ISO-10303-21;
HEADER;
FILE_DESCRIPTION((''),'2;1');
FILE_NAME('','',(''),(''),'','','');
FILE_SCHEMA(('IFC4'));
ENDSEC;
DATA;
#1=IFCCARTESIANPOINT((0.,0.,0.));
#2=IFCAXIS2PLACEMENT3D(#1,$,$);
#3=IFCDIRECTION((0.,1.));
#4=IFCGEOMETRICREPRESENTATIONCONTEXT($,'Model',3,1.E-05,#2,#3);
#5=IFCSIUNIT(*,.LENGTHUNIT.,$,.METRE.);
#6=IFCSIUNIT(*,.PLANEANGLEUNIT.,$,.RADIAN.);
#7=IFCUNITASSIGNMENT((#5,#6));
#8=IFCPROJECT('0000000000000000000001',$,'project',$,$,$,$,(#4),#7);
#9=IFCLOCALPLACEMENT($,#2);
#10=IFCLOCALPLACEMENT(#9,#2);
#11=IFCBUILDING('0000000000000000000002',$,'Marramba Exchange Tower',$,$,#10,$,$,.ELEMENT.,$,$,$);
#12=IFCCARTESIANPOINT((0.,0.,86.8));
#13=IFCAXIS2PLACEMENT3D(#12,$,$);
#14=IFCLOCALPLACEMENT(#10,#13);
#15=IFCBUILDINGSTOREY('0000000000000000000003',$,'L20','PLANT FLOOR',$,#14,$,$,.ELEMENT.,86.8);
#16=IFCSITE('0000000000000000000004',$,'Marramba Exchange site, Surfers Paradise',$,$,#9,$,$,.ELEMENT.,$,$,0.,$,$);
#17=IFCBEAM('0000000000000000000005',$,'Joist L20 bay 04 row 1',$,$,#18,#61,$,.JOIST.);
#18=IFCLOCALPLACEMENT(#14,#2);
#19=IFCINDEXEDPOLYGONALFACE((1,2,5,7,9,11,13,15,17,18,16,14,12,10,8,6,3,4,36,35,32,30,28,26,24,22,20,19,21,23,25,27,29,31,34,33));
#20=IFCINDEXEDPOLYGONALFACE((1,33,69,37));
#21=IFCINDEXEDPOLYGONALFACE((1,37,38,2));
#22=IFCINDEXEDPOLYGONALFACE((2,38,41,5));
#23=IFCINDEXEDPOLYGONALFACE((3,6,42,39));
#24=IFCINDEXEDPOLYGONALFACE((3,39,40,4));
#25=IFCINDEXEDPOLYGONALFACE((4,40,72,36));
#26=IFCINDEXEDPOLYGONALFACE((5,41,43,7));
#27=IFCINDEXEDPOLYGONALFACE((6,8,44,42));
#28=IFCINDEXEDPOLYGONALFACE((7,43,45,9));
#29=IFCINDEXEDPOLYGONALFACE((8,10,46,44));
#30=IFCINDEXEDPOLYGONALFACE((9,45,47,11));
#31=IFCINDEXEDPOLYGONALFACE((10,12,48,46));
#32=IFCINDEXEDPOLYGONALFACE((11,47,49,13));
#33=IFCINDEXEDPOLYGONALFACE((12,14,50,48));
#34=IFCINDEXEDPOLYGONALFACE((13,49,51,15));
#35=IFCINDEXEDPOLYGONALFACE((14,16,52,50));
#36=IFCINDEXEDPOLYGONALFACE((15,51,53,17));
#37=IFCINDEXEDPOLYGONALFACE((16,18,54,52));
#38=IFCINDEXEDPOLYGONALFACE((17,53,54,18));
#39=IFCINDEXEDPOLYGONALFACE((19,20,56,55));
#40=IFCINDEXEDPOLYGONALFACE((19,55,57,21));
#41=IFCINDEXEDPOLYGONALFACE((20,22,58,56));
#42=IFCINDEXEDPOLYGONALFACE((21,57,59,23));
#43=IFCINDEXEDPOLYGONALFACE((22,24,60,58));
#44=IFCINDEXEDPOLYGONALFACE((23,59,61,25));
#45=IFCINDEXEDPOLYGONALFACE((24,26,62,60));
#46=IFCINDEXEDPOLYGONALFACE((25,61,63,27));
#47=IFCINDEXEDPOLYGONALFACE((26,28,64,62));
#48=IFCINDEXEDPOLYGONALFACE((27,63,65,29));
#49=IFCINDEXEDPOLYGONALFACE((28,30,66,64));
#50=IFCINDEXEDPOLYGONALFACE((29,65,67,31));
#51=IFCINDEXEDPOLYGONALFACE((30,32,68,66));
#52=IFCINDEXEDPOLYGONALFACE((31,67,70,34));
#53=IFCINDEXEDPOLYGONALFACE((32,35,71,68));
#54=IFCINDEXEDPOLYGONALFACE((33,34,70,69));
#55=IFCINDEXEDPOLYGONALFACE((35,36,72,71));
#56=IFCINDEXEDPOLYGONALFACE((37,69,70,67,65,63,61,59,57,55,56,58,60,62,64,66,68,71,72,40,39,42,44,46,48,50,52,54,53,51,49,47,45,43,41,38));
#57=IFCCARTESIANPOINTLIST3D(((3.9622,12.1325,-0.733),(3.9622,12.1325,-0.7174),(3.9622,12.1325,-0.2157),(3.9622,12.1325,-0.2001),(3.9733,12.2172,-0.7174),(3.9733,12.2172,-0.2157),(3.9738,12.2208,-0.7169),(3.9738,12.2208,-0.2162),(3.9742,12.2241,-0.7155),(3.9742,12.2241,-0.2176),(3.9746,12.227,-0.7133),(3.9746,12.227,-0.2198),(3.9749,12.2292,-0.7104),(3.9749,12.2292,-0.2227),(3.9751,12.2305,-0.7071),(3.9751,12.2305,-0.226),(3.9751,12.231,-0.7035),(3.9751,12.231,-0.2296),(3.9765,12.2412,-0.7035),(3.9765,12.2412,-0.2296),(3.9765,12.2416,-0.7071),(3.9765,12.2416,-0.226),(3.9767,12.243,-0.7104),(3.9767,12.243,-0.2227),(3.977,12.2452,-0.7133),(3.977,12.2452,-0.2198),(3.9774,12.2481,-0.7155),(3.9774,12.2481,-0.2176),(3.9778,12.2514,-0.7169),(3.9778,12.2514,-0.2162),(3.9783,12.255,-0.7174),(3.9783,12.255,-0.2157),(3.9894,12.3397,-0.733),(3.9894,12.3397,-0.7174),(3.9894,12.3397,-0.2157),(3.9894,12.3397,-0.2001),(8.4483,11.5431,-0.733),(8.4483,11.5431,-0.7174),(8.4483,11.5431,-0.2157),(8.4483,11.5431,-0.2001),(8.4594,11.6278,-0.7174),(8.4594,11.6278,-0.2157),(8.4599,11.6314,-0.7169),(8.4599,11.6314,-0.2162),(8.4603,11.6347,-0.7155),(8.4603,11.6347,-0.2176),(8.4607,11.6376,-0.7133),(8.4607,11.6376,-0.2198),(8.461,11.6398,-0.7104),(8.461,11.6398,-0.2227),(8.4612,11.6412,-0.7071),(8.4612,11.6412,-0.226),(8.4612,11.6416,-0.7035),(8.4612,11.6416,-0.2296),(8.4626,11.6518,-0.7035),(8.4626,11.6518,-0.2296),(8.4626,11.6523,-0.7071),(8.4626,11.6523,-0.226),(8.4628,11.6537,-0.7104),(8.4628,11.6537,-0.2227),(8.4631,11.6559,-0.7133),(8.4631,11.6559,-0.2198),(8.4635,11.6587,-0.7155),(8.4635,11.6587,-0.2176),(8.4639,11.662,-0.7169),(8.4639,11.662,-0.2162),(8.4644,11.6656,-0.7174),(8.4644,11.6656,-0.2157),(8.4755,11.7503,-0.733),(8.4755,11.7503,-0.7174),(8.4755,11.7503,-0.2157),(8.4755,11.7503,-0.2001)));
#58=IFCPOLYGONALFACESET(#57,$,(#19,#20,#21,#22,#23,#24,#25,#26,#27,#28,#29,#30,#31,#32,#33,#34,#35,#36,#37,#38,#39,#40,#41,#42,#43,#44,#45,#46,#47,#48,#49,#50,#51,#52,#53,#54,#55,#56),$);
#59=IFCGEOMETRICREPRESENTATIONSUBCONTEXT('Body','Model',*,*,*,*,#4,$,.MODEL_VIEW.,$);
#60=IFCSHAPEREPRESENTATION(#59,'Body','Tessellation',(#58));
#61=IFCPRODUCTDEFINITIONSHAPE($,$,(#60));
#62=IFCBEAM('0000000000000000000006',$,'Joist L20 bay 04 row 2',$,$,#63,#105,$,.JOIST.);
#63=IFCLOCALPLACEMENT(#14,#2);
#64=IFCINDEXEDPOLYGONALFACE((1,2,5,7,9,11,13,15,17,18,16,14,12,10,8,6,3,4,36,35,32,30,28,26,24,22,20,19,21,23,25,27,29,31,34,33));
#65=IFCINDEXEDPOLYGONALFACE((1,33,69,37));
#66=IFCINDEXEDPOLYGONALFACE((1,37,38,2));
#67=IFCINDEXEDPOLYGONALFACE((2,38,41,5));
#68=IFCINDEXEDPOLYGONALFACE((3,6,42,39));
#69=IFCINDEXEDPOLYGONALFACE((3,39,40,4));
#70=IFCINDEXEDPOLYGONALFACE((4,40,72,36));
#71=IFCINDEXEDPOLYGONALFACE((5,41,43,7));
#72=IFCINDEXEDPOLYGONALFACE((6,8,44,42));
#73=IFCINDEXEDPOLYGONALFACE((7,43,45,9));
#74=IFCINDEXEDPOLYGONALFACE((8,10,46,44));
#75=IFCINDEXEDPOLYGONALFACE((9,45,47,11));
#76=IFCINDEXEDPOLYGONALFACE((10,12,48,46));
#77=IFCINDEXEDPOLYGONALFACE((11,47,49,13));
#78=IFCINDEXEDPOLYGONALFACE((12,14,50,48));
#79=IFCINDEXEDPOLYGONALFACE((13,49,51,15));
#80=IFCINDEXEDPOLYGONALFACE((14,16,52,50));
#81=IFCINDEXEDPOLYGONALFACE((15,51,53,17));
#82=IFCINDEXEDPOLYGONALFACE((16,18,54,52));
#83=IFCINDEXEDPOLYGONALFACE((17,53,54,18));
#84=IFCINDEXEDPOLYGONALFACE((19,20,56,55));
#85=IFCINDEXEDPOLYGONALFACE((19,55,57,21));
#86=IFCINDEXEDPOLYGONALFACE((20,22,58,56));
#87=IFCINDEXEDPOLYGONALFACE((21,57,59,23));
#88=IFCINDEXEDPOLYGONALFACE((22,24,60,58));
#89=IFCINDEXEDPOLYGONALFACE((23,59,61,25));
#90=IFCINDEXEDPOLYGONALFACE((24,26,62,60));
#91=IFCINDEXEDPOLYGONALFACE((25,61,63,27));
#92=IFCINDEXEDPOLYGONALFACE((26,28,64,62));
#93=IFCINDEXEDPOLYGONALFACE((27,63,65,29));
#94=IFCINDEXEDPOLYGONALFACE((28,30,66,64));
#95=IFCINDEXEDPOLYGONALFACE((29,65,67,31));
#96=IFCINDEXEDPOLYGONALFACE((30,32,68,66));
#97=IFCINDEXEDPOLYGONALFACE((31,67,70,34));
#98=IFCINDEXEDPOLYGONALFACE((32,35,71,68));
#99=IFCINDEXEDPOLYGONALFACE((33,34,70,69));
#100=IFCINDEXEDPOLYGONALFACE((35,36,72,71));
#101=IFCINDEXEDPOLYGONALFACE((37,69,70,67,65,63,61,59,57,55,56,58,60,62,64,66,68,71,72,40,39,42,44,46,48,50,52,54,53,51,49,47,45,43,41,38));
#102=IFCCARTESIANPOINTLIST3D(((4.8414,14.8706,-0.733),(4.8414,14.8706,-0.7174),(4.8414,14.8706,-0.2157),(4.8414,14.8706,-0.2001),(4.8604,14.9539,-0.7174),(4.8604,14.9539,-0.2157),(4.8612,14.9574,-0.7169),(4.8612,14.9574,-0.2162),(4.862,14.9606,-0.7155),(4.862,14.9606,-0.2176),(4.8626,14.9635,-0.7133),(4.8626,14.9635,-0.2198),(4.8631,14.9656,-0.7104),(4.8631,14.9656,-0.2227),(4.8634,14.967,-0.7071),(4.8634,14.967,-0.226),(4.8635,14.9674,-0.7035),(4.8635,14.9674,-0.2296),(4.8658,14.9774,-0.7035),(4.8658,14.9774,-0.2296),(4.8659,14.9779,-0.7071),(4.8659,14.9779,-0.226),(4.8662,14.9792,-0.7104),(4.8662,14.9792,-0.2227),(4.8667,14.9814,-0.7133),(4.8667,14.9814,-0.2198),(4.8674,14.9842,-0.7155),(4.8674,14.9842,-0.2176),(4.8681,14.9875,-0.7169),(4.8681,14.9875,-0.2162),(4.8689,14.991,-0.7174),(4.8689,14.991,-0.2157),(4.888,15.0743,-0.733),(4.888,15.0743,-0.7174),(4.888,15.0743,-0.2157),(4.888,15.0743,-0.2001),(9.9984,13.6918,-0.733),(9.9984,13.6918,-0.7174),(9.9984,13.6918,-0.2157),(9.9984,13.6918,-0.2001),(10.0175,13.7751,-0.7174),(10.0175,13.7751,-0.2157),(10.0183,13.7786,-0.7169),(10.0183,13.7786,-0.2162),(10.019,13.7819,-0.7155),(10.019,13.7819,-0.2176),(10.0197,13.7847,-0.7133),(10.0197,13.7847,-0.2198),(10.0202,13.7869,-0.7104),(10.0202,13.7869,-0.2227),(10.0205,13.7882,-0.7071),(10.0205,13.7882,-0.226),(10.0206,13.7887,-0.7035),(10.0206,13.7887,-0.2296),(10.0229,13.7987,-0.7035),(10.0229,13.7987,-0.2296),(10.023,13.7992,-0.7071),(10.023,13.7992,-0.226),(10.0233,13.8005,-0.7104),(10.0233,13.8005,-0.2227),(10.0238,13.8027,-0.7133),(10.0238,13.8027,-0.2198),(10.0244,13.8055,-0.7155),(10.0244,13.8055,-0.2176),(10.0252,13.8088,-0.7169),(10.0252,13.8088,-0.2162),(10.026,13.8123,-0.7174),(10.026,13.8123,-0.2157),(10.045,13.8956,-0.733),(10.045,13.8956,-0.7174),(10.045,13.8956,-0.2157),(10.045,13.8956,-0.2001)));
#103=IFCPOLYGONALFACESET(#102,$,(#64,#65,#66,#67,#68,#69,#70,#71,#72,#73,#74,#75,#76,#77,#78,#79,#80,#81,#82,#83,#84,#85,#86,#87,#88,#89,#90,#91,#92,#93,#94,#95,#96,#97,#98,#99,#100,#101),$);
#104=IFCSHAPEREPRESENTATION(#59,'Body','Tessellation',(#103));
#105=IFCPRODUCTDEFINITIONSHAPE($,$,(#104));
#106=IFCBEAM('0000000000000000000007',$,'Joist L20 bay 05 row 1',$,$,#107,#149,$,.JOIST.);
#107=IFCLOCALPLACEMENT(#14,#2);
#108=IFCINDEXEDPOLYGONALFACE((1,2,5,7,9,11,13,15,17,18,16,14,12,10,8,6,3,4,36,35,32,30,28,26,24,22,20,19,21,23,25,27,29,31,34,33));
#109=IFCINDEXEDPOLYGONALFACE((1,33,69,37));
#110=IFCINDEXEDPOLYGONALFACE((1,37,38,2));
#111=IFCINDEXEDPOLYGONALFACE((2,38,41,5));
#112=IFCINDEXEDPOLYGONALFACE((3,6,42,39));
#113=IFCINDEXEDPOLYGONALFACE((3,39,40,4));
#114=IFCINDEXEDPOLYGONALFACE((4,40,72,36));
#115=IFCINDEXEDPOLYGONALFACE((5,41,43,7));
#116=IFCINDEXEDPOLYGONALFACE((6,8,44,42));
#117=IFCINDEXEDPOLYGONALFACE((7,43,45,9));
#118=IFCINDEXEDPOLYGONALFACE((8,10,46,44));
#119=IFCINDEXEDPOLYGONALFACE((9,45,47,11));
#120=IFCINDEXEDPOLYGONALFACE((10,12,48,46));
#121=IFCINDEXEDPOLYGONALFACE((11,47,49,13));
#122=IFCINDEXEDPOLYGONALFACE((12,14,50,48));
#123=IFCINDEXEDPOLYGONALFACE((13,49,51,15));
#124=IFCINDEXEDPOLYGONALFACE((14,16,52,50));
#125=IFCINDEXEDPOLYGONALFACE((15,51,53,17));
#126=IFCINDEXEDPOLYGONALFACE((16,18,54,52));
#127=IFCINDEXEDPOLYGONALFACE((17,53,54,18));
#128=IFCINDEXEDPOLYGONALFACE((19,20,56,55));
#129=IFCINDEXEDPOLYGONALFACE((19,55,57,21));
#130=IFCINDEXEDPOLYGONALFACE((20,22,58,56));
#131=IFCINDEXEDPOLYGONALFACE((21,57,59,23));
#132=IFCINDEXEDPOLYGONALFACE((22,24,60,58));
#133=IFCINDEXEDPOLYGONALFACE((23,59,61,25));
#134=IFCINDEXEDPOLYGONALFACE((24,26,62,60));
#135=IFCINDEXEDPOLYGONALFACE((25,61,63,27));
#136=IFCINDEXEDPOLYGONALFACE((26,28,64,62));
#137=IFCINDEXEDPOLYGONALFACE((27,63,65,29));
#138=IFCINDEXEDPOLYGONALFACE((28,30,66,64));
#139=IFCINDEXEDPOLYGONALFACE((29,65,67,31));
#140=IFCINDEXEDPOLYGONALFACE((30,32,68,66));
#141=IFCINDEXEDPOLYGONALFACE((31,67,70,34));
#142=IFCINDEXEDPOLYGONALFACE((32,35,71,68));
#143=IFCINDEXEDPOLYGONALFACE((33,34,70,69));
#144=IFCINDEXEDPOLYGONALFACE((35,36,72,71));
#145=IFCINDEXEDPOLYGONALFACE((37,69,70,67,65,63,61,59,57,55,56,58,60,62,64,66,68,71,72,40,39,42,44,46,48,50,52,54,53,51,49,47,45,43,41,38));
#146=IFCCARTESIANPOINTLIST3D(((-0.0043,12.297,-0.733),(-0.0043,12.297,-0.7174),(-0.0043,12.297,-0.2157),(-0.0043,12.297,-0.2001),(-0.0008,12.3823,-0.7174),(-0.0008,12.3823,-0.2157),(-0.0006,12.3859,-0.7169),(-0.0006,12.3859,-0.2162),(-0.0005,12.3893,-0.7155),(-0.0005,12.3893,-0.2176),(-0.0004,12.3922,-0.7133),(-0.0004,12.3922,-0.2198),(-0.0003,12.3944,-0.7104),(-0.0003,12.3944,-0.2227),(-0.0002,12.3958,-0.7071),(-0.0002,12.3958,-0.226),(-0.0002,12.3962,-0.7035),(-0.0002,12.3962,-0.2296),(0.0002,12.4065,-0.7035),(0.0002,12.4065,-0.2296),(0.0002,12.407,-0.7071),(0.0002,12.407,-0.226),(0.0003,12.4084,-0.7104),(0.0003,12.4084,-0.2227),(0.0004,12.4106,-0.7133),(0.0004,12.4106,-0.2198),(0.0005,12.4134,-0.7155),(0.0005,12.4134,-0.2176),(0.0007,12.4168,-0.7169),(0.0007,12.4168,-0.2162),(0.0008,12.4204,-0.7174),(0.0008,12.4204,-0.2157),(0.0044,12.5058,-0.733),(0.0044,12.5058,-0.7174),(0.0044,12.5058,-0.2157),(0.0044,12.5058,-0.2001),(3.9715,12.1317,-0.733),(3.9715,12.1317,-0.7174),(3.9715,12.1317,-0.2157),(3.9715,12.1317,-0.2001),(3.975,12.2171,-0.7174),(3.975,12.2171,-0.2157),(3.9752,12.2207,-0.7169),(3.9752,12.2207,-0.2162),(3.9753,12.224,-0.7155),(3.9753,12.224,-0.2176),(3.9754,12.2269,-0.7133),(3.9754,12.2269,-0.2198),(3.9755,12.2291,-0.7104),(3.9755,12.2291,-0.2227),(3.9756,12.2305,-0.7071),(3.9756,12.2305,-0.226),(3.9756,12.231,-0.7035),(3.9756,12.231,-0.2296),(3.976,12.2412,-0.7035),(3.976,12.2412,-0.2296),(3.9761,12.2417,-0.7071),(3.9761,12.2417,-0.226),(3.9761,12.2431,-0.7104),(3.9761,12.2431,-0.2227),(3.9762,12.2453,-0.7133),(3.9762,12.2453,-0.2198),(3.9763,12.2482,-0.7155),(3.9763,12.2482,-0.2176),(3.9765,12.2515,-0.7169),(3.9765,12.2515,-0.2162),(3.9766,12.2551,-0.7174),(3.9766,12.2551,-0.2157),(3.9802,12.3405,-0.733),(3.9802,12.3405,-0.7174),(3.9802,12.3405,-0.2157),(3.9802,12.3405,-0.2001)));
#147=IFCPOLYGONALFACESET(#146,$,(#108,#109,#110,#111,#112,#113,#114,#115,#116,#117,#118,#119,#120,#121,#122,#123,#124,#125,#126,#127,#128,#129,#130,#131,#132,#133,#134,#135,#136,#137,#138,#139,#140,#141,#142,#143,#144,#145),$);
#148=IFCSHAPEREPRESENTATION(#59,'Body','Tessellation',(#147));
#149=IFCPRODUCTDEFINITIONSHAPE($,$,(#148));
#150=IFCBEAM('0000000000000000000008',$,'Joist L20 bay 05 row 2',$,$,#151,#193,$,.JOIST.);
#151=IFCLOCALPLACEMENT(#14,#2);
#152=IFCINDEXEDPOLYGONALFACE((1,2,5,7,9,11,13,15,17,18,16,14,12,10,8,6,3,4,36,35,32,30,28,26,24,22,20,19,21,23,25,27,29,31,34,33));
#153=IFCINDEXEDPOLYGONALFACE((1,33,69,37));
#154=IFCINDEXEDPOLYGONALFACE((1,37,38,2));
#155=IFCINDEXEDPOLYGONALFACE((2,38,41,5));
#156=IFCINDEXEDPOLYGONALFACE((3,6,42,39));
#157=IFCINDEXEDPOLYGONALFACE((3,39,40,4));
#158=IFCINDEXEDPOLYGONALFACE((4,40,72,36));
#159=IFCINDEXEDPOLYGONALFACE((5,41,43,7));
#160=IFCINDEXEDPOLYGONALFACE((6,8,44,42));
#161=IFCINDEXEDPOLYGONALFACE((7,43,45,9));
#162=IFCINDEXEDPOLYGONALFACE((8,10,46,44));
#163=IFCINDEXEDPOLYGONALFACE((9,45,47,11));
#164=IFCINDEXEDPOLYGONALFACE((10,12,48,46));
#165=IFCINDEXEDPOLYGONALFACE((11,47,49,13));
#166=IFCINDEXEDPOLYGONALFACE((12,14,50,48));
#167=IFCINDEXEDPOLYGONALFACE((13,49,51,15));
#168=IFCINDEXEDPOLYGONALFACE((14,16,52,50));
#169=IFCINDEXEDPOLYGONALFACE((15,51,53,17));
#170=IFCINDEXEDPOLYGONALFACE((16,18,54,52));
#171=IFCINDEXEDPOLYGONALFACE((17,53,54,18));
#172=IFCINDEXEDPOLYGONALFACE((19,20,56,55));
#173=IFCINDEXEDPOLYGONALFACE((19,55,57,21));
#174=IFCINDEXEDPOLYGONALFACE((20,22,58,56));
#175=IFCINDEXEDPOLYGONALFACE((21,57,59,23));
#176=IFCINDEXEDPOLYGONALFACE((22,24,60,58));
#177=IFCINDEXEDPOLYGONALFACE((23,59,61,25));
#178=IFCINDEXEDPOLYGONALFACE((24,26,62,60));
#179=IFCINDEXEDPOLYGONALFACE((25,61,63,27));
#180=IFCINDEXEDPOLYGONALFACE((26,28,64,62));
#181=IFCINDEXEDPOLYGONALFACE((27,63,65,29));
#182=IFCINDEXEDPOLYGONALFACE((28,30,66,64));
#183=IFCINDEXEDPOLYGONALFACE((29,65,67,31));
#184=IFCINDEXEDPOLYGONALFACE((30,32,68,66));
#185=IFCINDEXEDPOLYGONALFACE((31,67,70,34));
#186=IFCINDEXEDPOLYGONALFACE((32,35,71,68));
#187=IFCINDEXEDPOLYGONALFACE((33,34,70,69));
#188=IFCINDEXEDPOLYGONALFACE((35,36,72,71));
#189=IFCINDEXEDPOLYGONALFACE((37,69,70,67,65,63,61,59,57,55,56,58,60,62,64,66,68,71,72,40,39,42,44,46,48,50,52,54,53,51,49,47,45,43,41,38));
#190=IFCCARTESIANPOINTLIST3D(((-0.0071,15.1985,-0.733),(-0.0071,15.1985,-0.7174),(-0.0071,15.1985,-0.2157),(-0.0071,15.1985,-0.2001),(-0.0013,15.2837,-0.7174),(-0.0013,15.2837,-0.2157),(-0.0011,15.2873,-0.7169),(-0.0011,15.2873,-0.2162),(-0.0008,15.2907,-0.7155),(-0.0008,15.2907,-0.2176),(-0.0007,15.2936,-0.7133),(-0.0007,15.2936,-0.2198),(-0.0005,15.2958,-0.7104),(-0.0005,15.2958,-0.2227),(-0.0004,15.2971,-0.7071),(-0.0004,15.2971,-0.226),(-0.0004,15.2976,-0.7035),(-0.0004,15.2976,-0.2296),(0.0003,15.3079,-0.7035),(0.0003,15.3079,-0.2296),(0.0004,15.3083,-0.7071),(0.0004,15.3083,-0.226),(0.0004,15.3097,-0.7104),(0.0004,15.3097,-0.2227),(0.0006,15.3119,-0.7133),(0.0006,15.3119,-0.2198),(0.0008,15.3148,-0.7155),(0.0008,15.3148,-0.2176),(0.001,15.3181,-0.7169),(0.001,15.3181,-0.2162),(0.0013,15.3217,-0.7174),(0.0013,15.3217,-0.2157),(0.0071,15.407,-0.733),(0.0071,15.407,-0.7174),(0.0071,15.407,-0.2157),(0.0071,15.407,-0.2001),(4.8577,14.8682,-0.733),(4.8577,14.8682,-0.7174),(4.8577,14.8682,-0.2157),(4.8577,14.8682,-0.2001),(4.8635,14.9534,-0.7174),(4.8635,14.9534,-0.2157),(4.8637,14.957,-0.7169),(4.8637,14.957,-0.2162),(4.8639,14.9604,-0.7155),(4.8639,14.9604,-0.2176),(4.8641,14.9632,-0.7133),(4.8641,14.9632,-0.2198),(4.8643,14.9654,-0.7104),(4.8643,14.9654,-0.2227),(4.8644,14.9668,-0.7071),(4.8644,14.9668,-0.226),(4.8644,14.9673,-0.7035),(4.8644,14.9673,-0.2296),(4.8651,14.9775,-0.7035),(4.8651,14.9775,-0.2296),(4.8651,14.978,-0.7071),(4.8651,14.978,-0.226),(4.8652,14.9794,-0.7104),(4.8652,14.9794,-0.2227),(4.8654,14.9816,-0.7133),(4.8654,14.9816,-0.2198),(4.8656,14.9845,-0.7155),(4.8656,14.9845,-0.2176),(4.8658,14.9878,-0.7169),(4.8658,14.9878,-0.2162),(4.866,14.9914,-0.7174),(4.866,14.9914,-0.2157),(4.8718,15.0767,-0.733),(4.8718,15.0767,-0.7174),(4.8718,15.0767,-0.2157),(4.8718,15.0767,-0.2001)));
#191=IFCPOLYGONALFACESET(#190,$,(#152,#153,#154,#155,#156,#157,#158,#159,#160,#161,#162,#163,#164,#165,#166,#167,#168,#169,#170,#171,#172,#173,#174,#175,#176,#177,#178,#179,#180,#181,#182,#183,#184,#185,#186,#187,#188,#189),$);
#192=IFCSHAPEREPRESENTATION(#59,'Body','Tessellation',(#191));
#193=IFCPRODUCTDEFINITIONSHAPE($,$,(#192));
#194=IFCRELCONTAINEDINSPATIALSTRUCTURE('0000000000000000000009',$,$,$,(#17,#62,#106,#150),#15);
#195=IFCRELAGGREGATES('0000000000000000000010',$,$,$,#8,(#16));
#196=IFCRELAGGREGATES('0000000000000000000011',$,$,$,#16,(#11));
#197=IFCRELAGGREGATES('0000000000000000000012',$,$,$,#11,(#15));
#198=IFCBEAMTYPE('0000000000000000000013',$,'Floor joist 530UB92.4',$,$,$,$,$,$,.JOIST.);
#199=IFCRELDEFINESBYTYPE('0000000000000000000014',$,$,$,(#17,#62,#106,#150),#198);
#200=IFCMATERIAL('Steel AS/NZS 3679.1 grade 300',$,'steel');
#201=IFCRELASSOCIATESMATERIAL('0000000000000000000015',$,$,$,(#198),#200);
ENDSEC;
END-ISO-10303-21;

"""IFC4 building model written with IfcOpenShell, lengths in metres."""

from ifc_helpers import new_model, si_unit, direction, frame, origin, origin_2d, place, context, subcontext, project, spatial, i_section, extrude, material, material_profile, profile_set, type_object, element, save


model = new_model("IFC4")

# Units and contexts
model_context = context("Model", 3, precision=1e-05, world=origin(), true_north=direction((0.0, 1.0)))
body_context = subcontext(model_context, "Body", "Model", "MODEL_VIEW")
ifc_project = project(units=[si_unit("LENGTHUNIT", "METRE"), si_unit("PLANEANGLEUNIT", "RADIAN")], contexts=[model_context])

# Site, building, storey
site_placement = place(None, origin())
site = spatial("IfcSite", under=ifc_project, at=site_placement, Name="Marramba Exchange site, Surfers Paradise", CompositionType="ELEMENT", RefElevation=0.0)
building_placement = place(site_placement, origin())
building = spatial("IfcBuilding", under=site, at=building_placement, Name="Marramba Exchange Tower", CompositionType="ELEMENT")
storey_placement = place(building_placement, frame((0.0, 0.0, 86.8)))
storey = spatial("IfcBuildingStorey", under=building, at=storey_placement, Name="L20", Description="PLANT FLOOR", CompositionType="ELEMENT", Elevation=86.8)

# Beams
ifc_material_1 = material(Name="Steel AS/NZS 3679.1 grade 300", Category="steel")
ifc_material_profile_1 = material_profile(ifc_material_1, i_section(OverallWidth=0.209, OverallDepth=0.533, WebThickness=0.0103, FlangeThickness=0.0156, FilletRadius=0.0139, at=origin_2d()), Name="530UB92.4")
ifc_profile_set_1 = profile_set([ifc_material_profile_1], Name="Steel AS/NZS 3679.1 grade 300")
beam_type_1 = type_object("IfcBeamType", Name="Floor joist 530UB92.4", PredefinedType="JOIST", material=ifc_profile_set_1)
beam_1_placement = place(storey_placement, frame((8.4619, 11.6467, -0.4666), z_axis=(-0.991481, 0.130255, 0.0), x_axis=(-0.130255, -0.991481, 0.0)))
element("IfcBeam", 1, at=beam_1_placement, inside=storey, type_object=beam_type_1, Name="Joist L20 bay 04 row 1", PredefinedType="JOIST", context=body_context, shape_type="SweptSolid", body=[
    extrude(i_section(OverallWidth=0.209, OverallDepth=0.533, WebThickness=0.0103, FlangeThickness=0.0156, FilletRadius=0.0139, at=origin_2d()), origin(), (0.0, 0.0, 1.0), 4.5247),
])
beam_2_placement = place(storey_placement, frame((10.0217, 13.7937, -0.4666), z_axis=(-0.97486, 0.22282, 0.0), x_axis=(-0.22282, -0.97486, 0.0)))
element("IfcBeam", 2, at=beam_2_placement, inside=storey, type_object=beam_type_1, Name="Joist L20 bay 04 row 2", PredefinedType="JOIST", context=body_context, shape_type="SweptSolid", body=[
    extrude(i_section(OverallWidth=0.209, OverallDepth=0.533, WebThickness=0.0103, FlangeThickness=0.0156, FilletRadius=0.0139, at=origin_2d()), origin(), (0.0, 0.0, 1.0), 5.29),
])
beam_3_placement = place(storey_placement, frame((3.9758, 12.2361, -0.4666), z_axis=(-0.999137, 0.041536, 0.0), x_axis=(-0.041536, -0.999137, 0.0)))
element("IfcBeam", 3, at=beam_3_placement, inside=storey, type_object=beam_type_1, Name="Joist L20 bay 05 row 1", PredefinedType="JOIST", context=body_context, shape_type="SweptSolid", body=[
    extrude(i_section(OverallWidth=0.209, OverallDepth=0.533, WebThickness=0.0103, FlangeThickness=0.0156, FilletRadius=0.0139, at=origin_2d()), origin(), (0.0, 0.0, 1.0), 3.9792),
])
beam_4_placement = place(storey_placement, frame((4.8647, 14.9724, -0.4666), z_axis=(-0.997703, 0.067745, 0.0), x_axis=(-0.067745, -0.997703, 0.0)))
element("IfcBeam", 4, at=beam_4_placement, inside=storey, type_object=beam_type_1, Name="Joist L20 bay 05 row 2", PredefinedType="JOIST", context=body_context, shape_type="SweptSolid", body=[
    extrude(i_section(OverallWidth=0.209, OverallDepth=0.533, WebThickness=0.0103, FlangeThickness=0.0156, FilletRadius=0.0139, at=origin_2d()), origin(), (0.0, 0.0, 1.0), 4.876),
])

save(model, "model.ifc")
